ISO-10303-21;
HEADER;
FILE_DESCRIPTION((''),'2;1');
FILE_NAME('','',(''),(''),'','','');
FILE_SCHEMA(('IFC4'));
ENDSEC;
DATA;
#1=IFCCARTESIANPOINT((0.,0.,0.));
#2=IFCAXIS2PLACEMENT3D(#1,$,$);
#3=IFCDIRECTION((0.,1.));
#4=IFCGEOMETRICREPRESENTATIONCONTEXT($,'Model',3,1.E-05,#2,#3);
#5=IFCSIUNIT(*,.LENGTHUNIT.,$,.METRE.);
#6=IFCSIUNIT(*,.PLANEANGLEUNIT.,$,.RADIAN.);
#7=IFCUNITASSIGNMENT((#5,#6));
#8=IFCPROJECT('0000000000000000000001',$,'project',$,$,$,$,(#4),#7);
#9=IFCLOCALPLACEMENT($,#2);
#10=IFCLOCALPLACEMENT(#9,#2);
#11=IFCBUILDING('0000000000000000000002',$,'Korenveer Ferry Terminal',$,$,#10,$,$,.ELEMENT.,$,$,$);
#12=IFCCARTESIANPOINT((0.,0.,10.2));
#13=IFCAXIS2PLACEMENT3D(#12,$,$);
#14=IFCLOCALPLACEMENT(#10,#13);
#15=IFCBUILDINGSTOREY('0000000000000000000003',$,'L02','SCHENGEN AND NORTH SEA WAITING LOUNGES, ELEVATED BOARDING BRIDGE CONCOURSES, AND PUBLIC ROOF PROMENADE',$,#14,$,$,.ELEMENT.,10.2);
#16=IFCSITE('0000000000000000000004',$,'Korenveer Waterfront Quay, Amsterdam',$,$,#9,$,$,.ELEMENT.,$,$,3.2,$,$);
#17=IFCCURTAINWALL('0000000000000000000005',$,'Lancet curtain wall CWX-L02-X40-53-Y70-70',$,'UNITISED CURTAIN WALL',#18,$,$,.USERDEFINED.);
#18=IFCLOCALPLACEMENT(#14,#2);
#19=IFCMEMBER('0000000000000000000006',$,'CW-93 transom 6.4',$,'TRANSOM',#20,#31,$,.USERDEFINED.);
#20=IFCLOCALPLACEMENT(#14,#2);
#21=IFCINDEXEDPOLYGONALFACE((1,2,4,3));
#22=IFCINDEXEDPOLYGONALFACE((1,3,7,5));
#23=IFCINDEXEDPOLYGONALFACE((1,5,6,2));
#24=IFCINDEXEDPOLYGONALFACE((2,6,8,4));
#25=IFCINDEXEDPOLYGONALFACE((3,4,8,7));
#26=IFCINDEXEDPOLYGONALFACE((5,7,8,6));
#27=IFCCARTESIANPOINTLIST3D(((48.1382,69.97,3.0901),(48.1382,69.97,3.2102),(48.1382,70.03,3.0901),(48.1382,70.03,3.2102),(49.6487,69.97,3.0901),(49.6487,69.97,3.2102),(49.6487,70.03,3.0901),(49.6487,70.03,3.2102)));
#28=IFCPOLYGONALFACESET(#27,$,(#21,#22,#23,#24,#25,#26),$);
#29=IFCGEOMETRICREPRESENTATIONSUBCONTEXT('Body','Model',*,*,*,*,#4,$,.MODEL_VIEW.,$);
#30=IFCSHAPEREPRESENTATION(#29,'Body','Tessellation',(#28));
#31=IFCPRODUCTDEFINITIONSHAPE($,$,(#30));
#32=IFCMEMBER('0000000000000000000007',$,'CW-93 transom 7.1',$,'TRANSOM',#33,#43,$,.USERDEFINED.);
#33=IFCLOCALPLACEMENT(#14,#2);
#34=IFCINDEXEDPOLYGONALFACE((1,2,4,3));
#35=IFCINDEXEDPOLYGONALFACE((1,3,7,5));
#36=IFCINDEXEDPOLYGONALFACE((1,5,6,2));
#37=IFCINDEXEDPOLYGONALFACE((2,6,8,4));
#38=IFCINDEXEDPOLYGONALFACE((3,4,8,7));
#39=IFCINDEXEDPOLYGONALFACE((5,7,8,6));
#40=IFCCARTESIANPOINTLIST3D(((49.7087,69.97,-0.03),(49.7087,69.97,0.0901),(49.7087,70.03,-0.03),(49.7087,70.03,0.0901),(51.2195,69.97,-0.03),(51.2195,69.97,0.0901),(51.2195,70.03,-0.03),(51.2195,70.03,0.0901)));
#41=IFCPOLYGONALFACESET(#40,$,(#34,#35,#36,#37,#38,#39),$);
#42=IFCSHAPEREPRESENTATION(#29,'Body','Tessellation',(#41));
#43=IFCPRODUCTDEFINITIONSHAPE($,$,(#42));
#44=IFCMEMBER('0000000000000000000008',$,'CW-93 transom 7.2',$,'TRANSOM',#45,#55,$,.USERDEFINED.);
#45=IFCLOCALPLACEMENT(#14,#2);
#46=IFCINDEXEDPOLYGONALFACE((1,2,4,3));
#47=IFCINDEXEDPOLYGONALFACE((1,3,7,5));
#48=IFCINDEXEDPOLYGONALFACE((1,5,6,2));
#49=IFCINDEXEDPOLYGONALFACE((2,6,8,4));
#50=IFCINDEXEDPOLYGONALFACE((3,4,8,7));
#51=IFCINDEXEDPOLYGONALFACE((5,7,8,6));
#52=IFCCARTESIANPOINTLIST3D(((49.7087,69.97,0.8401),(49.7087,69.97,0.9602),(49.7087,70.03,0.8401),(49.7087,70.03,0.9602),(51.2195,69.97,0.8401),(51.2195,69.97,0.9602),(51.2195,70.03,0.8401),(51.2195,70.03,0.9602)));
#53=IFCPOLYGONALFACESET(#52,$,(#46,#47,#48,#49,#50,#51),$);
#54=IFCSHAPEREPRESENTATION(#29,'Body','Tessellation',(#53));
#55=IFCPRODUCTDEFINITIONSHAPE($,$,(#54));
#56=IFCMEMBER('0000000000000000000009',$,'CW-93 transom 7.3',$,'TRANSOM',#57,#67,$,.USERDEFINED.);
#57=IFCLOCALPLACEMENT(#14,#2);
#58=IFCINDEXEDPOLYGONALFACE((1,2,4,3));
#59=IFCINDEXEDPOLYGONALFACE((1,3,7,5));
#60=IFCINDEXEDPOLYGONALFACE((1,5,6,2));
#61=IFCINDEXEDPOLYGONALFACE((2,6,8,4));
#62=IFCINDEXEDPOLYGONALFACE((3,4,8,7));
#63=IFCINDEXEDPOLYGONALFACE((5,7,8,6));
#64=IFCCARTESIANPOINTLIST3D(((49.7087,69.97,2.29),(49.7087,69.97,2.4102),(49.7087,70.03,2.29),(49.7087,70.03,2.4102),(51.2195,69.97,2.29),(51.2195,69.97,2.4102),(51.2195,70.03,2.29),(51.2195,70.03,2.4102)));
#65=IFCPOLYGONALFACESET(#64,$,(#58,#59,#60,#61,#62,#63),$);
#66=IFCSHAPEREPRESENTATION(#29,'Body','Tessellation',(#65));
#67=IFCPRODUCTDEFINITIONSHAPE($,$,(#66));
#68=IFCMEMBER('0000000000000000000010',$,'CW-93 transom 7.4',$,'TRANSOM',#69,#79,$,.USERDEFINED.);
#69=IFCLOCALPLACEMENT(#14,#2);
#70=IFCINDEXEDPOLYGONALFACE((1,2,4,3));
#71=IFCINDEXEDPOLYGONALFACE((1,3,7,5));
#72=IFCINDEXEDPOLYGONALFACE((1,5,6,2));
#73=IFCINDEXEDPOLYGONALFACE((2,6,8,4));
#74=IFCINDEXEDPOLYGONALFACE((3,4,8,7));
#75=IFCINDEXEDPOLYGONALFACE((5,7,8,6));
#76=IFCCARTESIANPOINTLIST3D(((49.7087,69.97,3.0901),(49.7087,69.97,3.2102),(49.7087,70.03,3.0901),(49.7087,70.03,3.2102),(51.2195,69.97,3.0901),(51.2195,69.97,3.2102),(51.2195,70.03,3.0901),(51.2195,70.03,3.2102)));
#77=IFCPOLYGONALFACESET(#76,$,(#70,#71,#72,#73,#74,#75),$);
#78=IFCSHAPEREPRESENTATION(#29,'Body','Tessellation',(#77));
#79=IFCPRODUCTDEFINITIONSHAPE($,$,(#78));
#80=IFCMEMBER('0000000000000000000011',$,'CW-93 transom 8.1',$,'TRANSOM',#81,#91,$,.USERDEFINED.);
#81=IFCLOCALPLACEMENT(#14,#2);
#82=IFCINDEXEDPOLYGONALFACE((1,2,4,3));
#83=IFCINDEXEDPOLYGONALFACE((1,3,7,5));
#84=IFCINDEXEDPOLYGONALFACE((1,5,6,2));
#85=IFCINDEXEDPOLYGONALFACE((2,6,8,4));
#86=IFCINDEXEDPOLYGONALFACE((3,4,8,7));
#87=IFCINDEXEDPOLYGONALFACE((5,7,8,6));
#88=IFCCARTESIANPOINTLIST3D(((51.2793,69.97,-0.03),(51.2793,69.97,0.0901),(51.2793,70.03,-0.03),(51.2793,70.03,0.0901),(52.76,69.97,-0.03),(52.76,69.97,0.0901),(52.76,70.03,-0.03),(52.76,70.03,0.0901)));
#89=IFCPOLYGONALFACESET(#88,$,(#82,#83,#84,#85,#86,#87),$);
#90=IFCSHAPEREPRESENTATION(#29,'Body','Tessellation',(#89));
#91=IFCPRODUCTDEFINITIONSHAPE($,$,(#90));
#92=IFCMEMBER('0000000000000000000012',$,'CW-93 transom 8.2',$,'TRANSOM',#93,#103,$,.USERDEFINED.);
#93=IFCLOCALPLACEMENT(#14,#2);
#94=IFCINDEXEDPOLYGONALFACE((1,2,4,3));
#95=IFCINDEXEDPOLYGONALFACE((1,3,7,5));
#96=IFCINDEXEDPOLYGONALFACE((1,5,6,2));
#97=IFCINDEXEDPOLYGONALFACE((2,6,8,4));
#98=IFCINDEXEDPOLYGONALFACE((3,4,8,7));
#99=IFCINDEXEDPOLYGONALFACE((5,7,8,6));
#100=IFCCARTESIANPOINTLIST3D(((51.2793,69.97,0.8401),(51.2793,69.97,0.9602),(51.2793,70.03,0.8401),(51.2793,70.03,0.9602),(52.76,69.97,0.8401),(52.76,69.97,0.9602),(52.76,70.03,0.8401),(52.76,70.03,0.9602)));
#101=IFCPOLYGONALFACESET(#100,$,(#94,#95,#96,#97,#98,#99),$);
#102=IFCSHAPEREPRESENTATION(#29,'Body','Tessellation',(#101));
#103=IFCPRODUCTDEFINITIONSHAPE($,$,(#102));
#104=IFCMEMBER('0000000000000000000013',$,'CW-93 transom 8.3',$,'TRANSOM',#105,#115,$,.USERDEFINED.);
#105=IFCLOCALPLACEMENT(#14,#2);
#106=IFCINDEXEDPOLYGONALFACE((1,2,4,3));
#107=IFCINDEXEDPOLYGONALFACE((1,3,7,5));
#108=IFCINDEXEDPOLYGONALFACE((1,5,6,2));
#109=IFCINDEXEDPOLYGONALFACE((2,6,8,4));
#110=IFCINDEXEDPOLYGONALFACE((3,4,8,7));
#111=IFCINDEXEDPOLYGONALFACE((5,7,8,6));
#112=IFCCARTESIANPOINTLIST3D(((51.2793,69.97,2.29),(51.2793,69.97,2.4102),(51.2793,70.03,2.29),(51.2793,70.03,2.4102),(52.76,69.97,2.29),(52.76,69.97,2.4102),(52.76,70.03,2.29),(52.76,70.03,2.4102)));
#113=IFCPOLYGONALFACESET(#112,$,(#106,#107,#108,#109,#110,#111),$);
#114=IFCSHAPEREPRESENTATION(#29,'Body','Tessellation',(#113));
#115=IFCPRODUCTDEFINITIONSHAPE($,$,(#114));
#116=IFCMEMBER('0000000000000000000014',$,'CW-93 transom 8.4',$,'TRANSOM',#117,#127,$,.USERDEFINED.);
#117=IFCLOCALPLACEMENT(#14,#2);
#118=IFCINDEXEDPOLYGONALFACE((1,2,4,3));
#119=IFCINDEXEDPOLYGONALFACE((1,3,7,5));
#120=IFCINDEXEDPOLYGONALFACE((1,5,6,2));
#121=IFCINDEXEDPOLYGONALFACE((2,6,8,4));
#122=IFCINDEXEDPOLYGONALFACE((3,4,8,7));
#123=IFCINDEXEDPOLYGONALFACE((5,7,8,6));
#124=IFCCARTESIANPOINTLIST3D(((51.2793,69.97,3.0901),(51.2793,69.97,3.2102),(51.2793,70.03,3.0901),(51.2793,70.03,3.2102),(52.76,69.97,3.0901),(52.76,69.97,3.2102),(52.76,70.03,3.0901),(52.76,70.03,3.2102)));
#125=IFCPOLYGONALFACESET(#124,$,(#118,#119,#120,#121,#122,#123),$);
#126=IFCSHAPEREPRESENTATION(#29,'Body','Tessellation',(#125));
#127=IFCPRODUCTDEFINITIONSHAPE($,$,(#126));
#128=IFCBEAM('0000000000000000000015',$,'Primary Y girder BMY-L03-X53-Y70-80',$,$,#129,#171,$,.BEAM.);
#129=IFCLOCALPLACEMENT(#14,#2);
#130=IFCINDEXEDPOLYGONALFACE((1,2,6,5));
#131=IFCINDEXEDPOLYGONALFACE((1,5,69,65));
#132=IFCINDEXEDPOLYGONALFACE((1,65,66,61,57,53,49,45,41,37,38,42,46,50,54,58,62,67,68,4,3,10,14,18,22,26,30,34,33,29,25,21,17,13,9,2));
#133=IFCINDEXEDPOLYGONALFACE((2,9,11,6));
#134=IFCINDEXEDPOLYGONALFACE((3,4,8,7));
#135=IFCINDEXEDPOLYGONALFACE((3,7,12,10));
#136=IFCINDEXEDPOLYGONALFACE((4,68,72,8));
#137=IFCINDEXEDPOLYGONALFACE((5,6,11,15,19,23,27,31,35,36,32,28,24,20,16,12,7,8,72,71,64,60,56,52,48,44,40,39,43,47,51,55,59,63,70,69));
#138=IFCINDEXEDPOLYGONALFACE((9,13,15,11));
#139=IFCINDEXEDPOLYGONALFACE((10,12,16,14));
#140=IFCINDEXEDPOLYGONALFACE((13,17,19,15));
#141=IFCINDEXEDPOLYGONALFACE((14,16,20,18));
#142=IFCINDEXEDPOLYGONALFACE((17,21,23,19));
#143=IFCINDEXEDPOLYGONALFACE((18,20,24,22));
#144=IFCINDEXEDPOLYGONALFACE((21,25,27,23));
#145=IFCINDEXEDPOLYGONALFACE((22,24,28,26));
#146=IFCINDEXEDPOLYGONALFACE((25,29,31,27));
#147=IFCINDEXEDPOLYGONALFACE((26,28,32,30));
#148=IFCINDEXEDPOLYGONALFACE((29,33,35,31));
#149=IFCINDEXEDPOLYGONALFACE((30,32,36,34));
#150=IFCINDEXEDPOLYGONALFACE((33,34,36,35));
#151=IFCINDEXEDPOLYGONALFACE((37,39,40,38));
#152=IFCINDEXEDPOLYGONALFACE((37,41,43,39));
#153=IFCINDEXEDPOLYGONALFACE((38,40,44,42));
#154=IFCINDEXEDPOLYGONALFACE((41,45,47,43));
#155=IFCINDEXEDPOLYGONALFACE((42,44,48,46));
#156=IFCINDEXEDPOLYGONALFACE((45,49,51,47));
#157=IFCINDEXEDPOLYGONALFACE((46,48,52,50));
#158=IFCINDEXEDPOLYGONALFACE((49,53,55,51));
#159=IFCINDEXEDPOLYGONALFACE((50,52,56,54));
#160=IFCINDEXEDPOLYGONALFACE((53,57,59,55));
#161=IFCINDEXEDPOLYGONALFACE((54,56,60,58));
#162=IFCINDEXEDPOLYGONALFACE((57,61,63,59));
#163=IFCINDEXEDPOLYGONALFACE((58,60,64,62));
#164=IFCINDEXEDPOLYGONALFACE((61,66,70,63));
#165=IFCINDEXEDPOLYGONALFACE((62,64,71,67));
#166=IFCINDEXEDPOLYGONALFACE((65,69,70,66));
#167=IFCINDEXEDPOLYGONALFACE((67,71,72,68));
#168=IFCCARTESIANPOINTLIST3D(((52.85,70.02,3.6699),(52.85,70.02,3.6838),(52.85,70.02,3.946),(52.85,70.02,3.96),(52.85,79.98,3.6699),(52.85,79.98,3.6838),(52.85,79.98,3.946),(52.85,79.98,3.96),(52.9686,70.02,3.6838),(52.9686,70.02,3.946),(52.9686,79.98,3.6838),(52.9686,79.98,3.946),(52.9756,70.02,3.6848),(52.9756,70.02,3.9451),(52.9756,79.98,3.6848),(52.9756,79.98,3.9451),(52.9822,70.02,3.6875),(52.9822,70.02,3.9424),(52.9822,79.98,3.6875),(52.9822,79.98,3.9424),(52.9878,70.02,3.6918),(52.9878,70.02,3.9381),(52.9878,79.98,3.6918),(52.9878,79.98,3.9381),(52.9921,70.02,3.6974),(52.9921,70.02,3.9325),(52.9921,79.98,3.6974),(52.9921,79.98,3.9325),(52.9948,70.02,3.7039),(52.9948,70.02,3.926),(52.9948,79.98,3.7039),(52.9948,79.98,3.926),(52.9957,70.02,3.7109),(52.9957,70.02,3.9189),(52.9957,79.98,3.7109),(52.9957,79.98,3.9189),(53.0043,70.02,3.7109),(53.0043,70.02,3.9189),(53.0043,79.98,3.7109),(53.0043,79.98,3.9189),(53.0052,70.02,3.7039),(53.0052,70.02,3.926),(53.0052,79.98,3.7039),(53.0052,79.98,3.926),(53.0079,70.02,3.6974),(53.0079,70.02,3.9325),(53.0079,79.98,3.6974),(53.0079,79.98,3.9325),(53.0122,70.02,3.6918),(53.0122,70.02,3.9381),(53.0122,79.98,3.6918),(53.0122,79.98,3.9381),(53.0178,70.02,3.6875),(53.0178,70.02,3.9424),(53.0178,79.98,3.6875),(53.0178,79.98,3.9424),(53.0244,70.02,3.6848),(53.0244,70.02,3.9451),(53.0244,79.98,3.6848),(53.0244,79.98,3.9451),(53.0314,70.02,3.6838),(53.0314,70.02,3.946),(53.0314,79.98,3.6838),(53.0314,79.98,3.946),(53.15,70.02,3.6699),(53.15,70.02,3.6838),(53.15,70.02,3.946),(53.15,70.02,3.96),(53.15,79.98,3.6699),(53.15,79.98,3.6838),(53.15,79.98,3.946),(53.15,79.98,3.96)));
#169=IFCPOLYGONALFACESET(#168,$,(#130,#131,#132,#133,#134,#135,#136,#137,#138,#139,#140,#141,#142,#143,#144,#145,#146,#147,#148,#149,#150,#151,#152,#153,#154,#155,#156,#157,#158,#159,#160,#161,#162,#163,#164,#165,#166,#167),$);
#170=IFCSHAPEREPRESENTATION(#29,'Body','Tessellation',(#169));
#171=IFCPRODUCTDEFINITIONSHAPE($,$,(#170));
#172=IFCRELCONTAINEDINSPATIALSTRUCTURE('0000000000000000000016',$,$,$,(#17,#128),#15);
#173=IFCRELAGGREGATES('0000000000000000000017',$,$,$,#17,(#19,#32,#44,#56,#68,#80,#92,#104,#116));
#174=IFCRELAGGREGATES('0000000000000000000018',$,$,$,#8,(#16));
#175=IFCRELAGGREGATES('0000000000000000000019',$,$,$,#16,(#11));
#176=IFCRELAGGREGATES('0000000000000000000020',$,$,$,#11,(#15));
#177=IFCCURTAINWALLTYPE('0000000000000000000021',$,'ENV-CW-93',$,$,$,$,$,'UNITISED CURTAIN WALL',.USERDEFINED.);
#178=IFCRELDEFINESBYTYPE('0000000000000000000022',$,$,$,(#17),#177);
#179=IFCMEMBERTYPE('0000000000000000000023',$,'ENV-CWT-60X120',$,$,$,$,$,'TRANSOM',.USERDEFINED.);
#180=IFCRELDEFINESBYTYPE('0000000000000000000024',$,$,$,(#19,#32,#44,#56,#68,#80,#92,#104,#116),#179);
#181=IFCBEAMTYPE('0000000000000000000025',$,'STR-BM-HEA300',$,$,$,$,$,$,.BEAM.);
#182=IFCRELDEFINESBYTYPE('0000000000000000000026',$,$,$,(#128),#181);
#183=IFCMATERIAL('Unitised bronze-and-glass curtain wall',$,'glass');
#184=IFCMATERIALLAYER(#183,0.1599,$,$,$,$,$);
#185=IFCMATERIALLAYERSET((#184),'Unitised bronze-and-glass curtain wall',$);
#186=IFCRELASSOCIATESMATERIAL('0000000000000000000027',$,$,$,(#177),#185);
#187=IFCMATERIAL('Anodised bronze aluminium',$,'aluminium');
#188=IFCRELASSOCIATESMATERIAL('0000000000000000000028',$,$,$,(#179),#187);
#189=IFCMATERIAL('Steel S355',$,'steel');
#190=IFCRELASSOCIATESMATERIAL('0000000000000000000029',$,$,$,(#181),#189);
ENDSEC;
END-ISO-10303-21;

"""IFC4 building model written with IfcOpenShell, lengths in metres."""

from ifc_helpers import new_model, si_unit, direction, frame, origin, origin_2d, place, context, subcontext, project, spatial, rectangle, i_section, extrude, material, layer, layer_set, material_profile, profile_set, type_object, element, aggregate, save


model = new_model("IFC4")

# Units and contexts
model_context = context("Model", 3, precision=1e-05, world=origin(), true_north=direction((0.0, 1.0)))
body_context = subcontext(model_context, "Body", "Model", "MODEL_VIEW")
ifc_project = project(units=[si_unit("LENGTHUNIT", "METRE"), si_unit("PLANEANGLEUNIT", "RADIAN")], contexts=[model_context])

# Site, building, storey
site_placement = place(None, origin())
site = spatial("IfcSite", under=ifc_project, at=site_placement, Name="Korenveer Waterfront Quay, Amsterdam", CompositionType="ELEMENT", RefElevation=3.2)
building_placement = place(site_placement, origin())
building = spatial("IfcBuilding", under=site, at=building_placement, Name="Korenveer Ferry Terminal", CompositionType="ELEMENT")
storey_placement = place(building_placement, frame((0.0, 0.0, 10.2)))
storey = spatial("IfcBuildingStorey", under=building, at=storey_placement, Name="L02", Description="SCHENGEN AND NORTH SEA WAITING LOUNGES, ELEVATED BOARDING BRIDGE CONCOURSES, AND PUBLIC ROOF PROMENADE", CompositionType="ELEMENT", Elevation=10.2)

# Shared definitions
ifc_material_1 = material(Name="Steel S355", Category="steel")

# Curtain wall, members
ifc_material_2 = material(Name="Unitised bronze-and-glass curtain wall", Category="glass")
ifc_layer_1 = layer(ifc_material_2, 0.1599)
ifc_layer_set_1 = layer_set([ifc_layer_1], Name="Unitised bronze-and-glass curtain wall")
curtain_wall_type = type_object("IfcCurtainWallType", Name="ENV-CW-93", ElementType="UNITISED CURTAIN WALL", PredefinedType="USERDEFINED", material=ifc_layer_set_1)
curtain_wall_placement = place(storey_placement, frame((40.2549, 70.0, 0.0)))
curtain_wall = element("IfcCurtainWall", 1, at=curtain_wall_placement, inside=storey, type_object=curtain_wall_type, Name="Lancet curtain wall CWX-L02-X40-53-Y70-70", ObjectType="UNITISED CURTAIN WALL", PredefinedType="USERDEFINED")
ifc_material_3 = material(Name="Anodised bronze aluminium", Category="aluminium")
ifc_material_profile_1 = material_profile(ifc_material_3, rectangle(XDim=0.0601, YDim=0.1201, at=origin_2d()), Name="ALU 60x120")
ifc_profile_set_1 = profile_set([ifc_material_profile_1], Name="Anodised bronze aluminium")
member_type_1 = type_object("IfcMemberType", Name="ENV-CWT-60X120", ElementType="TRANSOM", PredefinedType="USERDEFINED", material=ifc_profile_set_1)
member_1_placement = place(storey_placement, frame((48.1382, 70.0, 3.1501), z_axis=(1.0, 0.0, 0.0), x_axis=(0.0, 1.0, 0.0)))
member_1 = element("IfcMember", 2, at=member_1_placement, type_object=member_type_1, Name="CW-93 transom 6.4", ObjectType="TRANSOM", PredefinedType="USERDEFINED", context=body_context, shape_type="SweptSolid", body=[
    extrude(rectangle(XDim=0.0601, YDim=0.1201, at=origin_2d()), origin(), (0.0, 0.0, 1.0), 1.5105),
])
member_2_placement = place(storey_placement, frame((49.7087, 70.0, 0.03), z_axis=(1.0, 0.0, 0.0), x_axis=(0.0, 1.0, 0.0)))
member_2 = element("IfcMember", 3, at=member_2_placement, type_object=member_type_1, Name="CW-93 transom 7.1", ObjectType="TRANSOM", PredefinedType="USERDEFINED", context=body_context, shape_type="SweptSolid", body=[
    extrude(rectangle(XDim=0.0601, YDim=0.1201, at=origin_2d()), origin(), (0.0, 0.0, 1.0), 1.5107),
])
member_3_placement = place(storey_placement, frame((49.7087, 70.0, 0.9001), z_axis=(1.0, 0.0, 0.0), x_axis=(0.0, 1.0, 0.0)))
member_3 = element("IfcMember", 4, at=member_3_placement, type_object=member_type_1, Name="CW-93 transom 7.2", ObjectType="TRANSOM", PredefinedType="USERDEFINED", context=body_context, shape_type="SweptSolid", body=[
    extrude(rectangle(XDim=0.0601, YDim=0.1201, at=origin_2d()), origin(), (0.0, 0.0, 1.0), 1.5107),
])
member_4_placement = place(storey_placement, frame((49.7087, 70.0, 2.3501), z_axis=(1.0, 0.0, 0.0), x_axis=(0.0, 1.0, 0.0)))
member_4 = element("IfcMember", 5, at=member_4_placement, type_object=member_type_1, Name="CW-93 transom 7.3", ObjectType="TRANSOM", PredefinedType="USERDEFINED", context=body_context, shape_type="SweptSolid", body=[
    extrude(rectangle(XDim=0.0601, YDim=0.1201, at=origin_2d()), origin(), (0.0, 0.0, 1.0), 1.5107),
])
member_5_placement = place(storey_placement, frame((49.7087, 70.0, 3.1501), z_axis=(1.0, 0.0, 0.0), x_axis=(0.0, 1.0, 0.0)))
member_5 = element("IfcMember", 6, at=member_5_placement, type_object=member_type_1, Name="CW-93 transom 7.4", ObjectType="TRANSOM", PredefinedType="USERDEFINED", context=body_context, shape_type="SweptSolid", body=[
    extrude(rectangle(XDim=0.0601, YDim=0.1201, at=origin_2d()), origin(), (0.0, 0.0, 1.0), 1.5107),
])
member_6_placement = place(storey_placement, frame((51.2793, 70.0, 0.03), z_axis=(1.0, 0.0, 0.0), x_axis=(0.0, 1.0, 0.0)))
member_6 = element("IfcMember", 7, at=member_6_placement, type_object=member_type_1, Name="CW-93 transom 8.1", ObjectType="TRANSOM", PredefinedType="USERDEFINED", context=body_context, shape_type="SweptSolid", body=[
    extrude(rectangle(XDim=0.0601, YDim=0.1201, at=origin_2d()), origin(), (0.0, 0.0, 1.0), 1.4807),
])
member_7_placement = place(storey_placement, frame((51.2793, 70.0, 0.9001), z_axis=(1.0, 0.0, 0.0), x_axis=(0.0, 1.0, 0.0)))
member_7 = element("IfcMember", 8, at=member_7_placement, type_object=member_type_1, Name="CW-93 transom 8.2", ObjectType="TRANSOM", PredefinedType="USERDEFINED", context=body_context, shape_type="SweptSolid", body=[
    extrude(rectangle(XDim=0.0601, YDim=0.1201, at=origin_2d()), origin(), (0.0, 0.0, 1.0), 1.4807),
])
member_8_placement = place(storey_placement, frame((51.2793, 70.0, 2.3501), z_axis=(1.0, 0.0, 0.0), x_axis=(0.0, 1.0, 0.0)))
member_8 = element("IfcMember", 9, at=member_8_placement, type_object=member_type_1, Name="CW-93 transom 8.3", ObjectType="TRANSOM", PredefinedType="USERDEFINED", context=body_context, shape_type="SweptSolid", body=[
    extrude(rectangle(XDim=0.0601, YDim=0.1201, at=origin_2d()), origin(), (0.0, 0.0, 1.0), 1.4807),
])
member_9_placement = place(storey_placement, frame((51.2793, 70.0, 3.1501), z_axis=(1.0, 0.0, 0.0), x_axis=(0.0, 1.0, 0.0)))
member_9 = element("IfcMember", 10, at=member_9_placement, type_object=member_type_1, Name="CW-93 transom 8.4", ObjectType="TRANSOM", PredefinedType="USERDEFINED", context=body_context, shape_type="SweptSolid", body=[
    extrude(rectangle(XDim=0.0601, YDim=0.1201, at=origin_2d()), origin(), (0.0, 0.0, 1.0), 1.4807),
])

# Beam
ifc_material_profile_2 = material_profile(ifc_material_1, i_section(OverallWidth=0.3, OverallDepth=0.29, WebThickness=0.0085, FlangeThickness=0.0139, FilletRadius=0.0271, at=origin_2d()), Name="HEA 300")
ifc_profile_set_2 = profile_set([ifc_material_profile_2], Name="Steel S355")
beam_type_1 = type_object("IfcBeamType", Name="STR-BM-HEA300", PredefinedType="BEAM", material=ifc_profile_set_2)
beam_1_placement = place(storey_placement, frame((53.0, 70.02, 3.8149), z_axis=(0.0, 1.0, 0.0), x_axis=(-1.0, 0.0, 0.0)))
element("IfcBeam", 11, at=beam_1_placement, inside=storey, type_object=beam_type_1, Name="Primary Y girder BMY-L03-X53-Y70-80", PredefinedType="BEAM", context=body_context, shape_type="SweptSolid", body=[
    extrude(i_section(OverallWidth=0.3, OverallDepth=0.29, WebThickness=0.0085, FlangeThickness=0.0139, FilletRadius=0.0271, at=origin_2d()), origin(), (0.0, 0.0, 1.0), 9.96),
])

aggregate(curtain_wall, [member_1, member_2, member_3, member_4, member_5, member_6, member_7, member_8, member_9])

save(model, "model.ifc")
